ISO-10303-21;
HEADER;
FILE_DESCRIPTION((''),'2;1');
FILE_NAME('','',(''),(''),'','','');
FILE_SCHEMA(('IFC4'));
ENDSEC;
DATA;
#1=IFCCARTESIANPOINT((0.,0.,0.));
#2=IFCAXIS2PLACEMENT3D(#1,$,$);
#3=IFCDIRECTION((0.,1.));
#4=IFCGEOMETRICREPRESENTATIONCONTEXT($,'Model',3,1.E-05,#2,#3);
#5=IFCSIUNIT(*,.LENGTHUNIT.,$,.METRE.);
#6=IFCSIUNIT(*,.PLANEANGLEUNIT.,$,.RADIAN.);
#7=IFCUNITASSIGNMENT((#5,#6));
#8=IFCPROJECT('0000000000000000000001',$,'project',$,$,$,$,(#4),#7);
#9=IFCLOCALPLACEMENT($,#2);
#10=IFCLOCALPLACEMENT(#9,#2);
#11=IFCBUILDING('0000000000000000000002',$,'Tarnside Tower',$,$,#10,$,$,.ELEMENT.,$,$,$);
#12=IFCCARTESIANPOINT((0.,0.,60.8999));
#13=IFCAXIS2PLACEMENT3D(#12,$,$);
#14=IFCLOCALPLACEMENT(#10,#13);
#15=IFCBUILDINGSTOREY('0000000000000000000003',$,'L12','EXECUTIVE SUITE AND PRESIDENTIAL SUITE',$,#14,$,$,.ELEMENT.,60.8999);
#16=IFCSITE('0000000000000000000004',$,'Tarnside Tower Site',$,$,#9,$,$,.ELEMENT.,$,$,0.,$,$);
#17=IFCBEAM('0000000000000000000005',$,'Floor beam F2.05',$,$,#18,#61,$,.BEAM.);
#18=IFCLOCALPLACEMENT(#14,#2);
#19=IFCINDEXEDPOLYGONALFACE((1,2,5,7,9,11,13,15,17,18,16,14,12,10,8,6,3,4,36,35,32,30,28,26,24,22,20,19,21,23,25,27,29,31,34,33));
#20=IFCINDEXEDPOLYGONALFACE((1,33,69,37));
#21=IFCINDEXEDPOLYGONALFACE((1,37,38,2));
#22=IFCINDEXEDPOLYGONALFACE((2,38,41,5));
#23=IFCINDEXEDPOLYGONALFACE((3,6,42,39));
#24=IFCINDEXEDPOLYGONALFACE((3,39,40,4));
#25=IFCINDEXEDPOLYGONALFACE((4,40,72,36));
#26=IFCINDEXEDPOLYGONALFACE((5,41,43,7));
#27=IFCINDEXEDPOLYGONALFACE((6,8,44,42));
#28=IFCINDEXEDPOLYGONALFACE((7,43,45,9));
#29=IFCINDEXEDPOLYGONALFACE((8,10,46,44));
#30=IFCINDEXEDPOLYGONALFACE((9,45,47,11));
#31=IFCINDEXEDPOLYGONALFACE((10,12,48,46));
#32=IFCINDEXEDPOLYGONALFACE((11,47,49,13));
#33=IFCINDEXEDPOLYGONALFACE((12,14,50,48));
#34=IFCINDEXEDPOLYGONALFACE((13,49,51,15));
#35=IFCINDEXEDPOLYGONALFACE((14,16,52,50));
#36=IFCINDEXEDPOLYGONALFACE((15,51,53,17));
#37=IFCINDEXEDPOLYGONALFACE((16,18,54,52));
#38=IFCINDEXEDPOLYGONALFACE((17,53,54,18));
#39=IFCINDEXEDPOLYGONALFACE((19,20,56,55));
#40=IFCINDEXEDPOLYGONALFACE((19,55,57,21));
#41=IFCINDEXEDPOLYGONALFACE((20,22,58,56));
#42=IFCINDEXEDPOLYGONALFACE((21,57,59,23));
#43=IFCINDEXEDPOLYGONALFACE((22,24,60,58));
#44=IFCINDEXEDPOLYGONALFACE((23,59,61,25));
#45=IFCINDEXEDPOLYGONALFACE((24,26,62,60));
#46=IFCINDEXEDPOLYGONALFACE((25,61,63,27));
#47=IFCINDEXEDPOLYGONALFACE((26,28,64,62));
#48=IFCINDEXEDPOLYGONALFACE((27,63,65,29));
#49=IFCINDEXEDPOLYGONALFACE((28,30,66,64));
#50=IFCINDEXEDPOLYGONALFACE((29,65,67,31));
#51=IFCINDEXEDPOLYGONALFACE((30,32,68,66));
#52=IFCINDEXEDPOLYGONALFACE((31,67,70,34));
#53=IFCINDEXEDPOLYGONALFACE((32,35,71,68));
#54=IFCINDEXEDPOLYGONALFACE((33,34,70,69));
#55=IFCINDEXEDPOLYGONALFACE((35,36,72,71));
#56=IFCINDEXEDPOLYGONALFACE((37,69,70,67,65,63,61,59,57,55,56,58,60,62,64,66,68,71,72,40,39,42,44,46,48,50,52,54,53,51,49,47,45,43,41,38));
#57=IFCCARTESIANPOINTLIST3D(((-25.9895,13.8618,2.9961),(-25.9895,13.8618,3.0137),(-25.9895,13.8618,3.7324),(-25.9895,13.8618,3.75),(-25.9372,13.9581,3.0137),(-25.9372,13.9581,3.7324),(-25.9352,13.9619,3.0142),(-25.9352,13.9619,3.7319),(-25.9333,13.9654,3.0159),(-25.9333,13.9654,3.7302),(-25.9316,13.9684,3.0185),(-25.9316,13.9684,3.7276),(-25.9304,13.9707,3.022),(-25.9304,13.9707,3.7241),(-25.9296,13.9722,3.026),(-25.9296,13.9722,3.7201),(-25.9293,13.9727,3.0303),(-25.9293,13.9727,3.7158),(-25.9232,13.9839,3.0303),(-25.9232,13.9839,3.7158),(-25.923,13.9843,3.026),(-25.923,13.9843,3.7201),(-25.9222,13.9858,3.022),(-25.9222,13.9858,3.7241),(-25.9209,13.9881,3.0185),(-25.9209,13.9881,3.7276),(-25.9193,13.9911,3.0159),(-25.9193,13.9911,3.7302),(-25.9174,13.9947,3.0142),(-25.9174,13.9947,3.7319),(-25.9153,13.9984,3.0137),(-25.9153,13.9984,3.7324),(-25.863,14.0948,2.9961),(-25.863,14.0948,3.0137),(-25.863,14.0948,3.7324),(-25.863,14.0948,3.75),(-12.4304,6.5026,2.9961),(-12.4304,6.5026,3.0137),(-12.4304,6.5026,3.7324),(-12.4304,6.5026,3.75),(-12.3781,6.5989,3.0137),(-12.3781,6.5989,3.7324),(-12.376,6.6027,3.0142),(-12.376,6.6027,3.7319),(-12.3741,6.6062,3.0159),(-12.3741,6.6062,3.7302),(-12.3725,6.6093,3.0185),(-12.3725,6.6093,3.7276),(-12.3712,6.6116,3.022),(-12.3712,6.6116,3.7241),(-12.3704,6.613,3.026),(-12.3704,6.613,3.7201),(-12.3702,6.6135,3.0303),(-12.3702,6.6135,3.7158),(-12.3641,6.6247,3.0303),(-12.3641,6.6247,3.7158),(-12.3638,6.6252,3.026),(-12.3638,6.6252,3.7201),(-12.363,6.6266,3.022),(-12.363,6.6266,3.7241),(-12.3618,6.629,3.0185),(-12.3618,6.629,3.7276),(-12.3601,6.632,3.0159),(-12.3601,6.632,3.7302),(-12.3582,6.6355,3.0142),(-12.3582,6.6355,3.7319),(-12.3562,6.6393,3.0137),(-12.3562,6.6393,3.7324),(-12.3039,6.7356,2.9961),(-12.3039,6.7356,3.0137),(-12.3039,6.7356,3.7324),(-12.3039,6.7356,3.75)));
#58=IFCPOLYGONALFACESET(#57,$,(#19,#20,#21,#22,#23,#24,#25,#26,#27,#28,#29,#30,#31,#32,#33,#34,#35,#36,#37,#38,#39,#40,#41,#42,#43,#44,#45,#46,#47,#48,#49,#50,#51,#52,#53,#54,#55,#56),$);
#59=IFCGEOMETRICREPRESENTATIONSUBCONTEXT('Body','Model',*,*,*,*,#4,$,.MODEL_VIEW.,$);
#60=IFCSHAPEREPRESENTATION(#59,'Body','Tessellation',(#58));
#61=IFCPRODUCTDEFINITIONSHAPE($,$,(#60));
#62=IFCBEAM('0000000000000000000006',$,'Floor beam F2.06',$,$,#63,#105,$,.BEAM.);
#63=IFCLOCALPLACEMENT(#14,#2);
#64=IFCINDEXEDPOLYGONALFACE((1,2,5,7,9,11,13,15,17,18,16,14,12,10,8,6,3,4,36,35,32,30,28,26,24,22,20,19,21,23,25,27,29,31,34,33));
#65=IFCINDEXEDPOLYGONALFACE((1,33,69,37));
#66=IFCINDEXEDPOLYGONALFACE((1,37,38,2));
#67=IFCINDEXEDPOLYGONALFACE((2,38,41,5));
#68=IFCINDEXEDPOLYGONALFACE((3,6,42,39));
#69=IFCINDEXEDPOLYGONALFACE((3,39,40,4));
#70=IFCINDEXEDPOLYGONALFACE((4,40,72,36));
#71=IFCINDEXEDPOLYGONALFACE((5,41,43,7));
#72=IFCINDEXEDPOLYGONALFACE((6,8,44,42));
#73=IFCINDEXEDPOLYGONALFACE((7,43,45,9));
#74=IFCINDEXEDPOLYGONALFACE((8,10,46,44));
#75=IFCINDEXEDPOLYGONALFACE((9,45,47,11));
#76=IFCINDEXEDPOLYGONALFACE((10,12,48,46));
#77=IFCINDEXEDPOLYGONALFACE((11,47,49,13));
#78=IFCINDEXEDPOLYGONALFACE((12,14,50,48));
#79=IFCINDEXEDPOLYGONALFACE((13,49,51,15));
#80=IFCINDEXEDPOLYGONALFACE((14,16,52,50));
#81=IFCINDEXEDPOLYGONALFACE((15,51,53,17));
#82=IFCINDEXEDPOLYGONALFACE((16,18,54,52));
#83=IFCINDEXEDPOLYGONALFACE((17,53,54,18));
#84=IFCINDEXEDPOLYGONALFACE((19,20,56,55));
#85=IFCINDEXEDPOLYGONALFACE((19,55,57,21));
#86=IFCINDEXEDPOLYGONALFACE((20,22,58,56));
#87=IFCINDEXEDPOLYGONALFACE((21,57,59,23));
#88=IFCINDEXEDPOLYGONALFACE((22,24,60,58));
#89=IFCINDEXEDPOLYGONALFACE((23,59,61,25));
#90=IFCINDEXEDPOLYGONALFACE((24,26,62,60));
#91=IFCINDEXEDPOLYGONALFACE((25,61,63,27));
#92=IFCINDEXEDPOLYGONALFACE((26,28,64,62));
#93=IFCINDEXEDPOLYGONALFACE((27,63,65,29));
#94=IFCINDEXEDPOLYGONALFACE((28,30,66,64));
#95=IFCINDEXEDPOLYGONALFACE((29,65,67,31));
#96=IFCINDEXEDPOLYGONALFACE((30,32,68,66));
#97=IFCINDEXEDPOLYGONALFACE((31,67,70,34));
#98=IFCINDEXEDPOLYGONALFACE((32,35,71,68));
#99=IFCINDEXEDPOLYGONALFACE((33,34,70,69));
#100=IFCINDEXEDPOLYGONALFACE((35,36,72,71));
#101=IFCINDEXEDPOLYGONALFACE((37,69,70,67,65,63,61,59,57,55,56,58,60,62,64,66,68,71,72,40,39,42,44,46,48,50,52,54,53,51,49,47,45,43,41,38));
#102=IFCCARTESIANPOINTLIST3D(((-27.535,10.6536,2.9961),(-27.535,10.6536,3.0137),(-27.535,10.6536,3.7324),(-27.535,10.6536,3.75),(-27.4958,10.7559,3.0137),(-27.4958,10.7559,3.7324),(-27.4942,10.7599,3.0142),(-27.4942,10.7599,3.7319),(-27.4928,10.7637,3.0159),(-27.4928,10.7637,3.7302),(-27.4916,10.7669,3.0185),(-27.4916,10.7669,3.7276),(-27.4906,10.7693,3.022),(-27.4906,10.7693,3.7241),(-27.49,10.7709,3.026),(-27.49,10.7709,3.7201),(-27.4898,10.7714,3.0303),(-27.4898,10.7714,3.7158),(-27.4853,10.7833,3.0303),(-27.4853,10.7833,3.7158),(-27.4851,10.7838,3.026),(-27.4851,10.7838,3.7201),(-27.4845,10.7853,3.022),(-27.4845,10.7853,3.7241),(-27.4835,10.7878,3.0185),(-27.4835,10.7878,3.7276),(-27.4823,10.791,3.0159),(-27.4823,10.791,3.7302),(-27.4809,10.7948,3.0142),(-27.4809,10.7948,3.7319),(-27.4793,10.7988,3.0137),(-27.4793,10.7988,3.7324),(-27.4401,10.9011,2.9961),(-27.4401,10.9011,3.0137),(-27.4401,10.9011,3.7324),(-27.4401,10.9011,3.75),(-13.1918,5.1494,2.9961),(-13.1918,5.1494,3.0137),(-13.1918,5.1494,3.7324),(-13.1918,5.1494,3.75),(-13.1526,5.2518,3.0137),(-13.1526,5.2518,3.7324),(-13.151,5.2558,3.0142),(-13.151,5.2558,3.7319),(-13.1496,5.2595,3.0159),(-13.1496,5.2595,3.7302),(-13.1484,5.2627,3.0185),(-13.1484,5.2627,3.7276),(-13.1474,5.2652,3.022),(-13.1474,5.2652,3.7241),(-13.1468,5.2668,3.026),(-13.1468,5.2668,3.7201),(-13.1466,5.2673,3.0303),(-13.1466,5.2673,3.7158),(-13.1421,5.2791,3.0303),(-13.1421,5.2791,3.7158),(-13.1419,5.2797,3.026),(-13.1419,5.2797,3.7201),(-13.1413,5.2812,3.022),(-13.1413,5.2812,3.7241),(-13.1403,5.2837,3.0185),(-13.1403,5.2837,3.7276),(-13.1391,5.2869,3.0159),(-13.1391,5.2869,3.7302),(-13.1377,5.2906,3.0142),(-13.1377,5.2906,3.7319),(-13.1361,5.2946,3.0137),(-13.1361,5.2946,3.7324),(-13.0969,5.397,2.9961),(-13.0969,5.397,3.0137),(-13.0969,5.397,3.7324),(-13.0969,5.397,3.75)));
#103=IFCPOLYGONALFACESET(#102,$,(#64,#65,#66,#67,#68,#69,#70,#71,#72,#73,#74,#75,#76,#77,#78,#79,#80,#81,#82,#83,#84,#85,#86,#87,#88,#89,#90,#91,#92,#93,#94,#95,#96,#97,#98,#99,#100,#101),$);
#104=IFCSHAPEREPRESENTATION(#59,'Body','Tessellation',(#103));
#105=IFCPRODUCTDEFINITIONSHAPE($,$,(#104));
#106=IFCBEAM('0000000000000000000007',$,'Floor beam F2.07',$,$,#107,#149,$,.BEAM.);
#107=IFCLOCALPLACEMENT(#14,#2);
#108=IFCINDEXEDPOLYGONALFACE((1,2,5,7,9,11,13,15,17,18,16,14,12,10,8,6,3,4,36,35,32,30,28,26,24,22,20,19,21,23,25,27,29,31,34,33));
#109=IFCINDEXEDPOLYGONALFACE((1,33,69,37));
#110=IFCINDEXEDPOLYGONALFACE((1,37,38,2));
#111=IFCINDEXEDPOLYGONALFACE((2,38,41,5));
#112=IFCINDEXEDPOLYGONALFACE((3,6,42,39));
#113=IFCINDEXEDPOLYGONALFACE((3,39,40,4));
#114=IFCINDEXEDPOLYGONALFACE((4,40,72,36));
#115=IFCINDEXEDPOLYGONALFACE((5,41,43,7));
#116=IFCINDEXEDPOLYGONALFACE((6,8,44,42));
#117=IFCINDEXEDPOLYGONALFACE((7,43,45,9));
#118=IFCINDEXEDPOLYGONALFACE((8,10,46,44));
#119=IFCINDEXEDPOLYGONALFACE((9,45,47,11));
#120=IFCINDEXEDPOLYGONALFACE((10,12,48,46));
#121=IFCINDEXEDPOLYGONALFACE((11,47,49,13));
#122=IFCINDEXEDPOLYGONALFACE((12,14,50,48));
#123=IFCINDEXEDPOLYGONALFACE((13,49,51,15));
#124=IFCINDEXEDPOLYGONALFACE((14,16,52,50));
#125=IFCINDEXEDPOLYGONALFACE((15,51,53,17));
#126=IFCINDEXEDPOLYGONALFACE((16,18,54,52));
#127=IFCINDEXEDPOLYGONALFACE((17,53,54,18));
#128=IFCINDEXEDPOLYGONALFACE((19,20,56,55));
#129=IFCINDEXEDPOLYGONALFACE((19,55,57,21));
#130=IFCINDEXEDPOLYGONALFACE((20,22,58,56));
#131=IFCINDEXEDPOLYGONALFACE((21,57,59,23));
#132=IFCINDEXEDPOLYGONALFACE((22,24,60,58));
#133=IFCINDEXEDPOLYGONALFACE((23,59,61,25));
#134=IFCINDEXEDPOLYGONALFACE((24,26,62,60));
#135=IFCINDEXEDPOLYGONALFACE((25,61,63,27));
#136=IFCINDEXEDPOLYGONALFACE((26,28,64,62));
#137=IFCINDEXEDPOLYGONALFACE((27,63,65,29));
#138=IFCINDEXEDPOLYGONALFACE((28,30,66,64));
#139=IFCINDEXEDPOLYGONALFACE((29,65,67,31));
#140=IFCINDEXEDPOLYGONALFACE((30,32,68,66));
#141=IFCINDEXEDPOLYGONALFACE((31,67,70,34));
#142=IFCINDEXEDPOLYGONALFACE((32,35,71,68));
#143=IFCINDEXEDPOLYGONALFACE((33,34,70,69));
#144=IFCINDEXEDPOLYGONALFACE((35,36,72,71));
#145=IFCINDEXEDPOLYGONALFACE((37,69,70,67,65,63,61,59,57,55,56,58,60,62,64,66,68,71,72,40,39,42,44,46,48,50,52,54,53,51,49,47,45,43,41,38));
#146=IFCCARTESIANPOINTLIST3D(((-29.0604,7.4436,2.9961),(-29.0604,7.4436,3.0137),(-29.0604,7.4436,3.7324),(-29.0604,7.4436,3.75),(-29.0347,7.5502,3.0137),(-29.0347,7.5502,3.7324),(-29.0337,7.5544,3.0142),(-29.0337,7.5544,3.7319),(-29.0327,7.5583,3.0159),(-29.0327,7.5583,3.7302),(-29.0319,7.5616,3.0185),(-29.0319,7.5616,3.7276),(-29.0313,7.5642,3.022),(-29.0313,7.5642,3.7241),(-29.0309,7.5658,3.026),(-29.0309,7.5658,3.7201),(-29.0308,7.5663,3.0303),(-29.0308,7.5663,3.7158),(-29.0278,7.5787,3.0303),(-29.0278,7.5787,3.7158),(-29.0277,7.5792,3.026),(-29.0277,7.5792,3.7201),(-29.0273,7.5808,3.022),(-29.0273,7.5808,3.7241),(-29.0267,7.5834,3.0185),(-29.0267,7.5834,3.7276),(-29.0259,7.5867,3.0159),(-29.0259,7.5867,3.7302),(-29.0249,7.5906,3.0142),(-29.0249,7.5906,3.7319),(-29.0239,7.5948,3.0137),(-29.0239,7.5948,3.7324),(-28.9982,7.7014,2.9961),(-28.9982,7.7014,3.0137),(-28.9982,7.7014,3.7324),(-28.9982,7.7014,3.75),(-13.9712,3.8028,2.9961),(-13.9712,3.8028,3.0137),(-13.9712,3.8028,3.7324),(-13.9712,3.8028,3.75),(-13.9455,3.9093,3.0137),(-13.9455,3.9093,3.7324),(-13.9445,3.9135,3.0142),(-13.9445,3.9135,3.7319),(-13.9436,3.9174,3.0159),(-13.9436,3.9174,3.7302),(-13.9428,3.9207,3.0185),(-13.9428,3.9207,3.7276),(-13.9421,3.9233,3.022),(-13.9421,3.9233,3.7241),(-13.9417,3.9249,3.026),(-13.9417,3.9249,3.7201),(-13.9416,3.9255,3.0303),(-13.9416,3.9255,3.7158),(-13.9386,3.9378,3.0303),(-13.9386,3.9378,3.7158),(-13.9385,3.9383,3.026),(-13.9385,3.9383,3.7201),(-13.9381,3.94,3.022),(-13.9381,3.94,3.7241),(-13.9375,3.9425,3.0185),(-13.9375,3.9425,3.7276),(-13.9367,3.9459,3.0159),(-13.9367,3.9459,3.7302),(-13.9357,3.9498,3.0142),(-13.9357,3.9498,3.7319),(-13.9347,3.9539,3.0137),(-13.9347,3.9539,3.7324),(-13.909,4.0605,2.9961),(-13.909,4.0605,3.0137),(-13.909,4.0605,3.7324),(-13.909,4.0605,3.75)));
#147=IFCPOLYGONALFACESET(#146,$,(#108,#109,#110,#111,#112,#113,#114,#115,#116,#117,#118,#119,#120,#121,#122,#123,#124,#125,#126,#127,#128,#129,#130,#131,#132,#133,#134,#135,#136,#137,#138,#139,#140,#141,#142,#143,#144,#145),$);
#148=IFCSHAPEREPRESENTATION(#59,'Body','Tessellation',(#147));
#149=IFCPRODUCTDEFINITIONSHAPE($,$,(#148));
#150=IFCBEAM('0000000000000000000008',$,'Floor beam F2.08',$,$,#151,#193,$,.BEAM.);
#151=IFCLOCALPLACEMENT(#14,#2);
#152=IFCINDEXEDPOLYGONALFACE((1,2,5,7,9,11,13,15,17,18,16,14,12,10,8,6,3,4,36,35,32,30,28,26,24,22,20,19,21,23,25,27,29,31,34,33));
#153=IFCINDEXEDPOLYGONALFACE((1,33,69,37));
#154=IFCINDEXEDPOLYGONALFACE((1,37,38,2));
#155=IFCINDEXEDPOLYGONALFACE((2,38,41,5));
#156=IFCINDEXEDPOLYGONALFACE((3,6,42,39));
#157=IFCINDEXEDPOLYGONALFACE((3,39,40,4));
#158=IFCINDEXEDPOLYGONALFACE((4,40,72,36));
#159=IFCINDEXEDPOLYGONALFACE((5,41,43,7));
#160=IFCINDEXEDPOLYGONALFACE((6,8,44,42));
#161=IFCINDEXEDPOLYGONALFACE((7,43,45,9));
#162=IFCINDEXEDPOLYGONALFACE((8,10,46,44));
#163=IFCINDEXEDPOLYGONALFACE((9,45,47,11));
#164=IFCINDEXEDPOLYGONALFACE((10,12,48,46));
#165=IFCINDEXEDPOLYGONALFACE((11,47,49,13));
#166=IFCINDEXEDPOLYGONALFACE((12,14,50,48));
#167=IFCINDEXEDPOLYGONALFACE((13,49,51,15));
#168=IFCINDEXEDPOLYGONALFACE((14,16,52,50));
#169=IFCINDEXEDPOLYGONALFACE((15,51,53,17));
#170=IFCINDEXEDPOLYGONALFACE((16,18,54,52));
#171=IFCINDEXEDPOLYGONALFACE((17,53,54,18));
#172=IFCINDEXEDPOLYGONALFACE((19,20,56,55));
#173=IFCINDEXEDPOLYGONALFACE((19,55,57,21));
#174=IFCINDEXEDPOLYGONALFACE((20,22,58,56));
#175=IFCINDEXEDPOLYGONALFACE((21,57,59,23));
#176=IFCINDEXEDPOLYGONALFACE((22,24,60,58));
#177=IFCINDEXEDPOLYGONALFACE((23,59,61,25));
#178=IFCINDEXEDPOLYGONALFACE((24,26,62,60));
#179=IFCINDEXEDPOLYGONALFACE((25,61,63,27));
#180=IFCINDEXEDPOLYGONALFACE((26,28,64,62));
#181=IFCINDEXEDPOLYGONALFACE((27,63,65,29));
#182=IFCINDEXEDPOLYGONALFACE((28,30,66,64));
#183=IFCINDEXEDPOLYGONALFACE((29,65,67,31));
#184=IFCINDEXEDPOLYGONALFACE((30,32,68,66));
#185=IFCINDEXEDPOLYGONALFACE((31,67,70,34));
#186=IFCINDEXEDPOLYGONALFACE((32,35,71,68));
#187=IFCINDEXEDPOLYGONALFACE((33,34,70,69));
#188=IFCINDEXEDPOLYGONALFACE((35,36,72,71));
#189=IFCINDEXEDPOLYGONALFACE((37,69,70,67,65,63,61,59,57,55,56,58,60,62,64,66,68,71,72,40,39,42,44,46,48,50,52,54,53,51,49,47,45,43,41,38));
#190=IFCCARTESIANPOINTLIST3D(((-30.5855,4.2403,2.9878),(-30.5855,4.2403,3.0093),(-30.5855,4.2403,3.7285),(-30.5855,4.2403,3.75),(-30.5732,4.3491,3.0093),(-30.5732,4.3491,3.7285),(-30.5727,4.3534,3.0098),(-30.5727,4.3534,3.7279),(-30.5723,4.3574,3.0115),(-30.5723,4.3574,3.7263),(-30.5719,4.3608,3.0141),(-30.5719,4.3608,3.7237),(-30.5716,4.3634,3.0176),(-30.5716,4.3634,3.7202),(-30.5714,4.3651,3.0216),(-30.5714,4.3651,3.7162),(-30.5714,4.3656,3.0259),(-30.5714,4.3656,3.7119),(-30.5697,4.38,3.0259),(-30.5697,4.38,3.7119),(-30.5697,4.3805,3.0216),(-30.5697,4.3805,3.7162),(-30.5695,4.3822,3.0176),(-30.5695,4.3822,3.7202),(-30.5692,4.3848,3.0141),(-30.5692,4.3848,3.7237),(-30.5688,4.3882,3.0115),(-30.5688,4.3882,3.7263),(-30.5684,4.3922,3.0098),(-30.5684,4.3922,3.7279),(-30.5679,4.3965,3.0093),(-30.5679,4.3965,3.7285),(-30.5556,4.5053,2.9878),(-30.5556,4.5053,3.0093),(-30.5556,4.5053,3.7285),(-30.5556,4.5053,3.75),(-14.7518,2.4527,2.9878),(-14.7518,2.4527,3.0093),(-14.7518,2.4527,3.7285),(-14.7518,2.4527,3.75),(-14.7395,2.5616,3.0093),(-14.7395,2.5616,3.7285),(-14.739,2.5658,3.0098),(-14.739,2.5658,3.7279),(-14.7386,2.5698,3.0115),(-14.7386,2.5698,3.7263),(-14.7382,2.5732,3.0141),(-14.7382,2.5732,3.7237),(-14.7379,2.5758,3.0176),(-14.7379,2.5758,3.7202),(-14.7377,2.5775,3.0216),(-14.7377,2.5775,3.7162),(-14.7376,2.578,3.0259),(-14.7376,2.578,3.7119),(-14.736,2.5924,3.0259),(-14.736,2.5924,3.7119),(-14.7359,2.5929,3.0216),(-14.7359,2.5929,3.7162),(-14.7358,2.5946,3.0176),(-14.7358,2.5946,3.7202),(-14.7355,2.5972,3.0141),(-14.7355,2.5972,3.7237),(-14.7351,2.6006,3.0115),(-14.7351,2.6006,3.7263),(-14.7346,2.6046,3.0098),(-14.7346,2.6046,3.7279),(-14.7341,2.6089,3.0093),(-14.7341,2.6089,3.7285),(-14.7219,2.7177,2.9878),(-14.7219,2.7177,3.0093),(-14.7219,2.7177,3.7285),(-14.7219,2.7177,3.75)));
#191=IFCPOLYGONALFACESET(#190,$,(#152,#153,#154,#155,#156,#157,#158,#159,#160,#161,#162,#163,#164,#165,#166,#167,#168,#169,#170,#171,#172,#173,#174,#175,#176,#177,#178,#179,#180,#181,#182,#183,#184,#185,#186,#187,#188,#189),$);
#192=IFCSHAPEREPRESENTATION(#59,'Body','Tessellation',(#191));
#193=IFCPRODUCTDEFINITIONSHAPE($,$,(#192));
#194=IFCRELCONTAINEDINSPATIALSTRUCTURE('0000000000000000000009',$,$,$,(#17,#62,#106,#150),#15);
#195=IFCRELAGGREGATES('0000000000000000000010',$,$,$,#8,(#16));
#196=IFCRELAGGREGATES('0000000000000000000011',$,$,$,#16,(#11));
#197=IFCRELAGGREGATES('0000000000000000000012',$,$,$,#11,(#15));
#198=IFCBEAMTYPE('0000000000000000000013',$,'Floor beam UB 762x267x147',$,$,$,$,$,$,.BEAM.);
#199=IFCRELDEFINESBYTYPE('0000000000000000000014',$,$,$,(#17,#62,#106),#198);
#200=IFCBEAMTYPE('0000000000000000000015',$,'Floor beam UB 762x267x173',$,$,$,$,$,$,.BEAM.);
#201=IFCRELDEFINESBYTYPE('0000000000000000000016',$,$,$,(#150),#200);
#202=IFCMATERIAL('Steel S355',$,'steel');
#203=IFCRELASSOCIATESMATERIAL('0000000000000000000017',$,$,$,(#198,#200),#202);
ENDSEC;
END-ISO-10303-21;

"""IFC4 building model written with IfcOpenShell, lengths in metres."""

from ifc_helpers import new_model, si_unit, direction, frame, origin, origin_2d, place, context, subcontext, project, spatial, i_section, extrude, material, material_profile, profile_set, type_object, element, save


model = new_model("IFC4")

# Units and contexts
model_context = context("Model", 3, precision=1e-05, world=origin(), true_north=direction((0.0, 1.0)))
body_context = subcontext(model_context, "Body", "Model", "MODEL_VIEW")
ifc_project = project(units=[si_unit("LENGTHUNIT", "METRE"), si_unit("PLANEANGLEUNIT", "RADIAN")], contexts=[model_context])

# Site, building, storey
site_placement = place(None, origin())
site = spatial("IfcSite", under=ifc_project, at=site_placement, Name="Tarnside Tower Site", CompositionType="ELEMENT", RefElevation=0.0)
building_placement = place(site_placement, origin())
building = spatial("IfcBuilding", under=site, at=building_placement, Name="Tarnside Tower", CompositionType="ELEMENT")
storey_placement = place(building_placement, frame((0.0, 0.0, 60.8999)))
storey = spatial("IfcBuildingStorey", under=building, at=storey_placement, Name="L12", Description="EXECUTIVE SUITE AND PRESIDENTIAL SUITE", CompositionType="ELEMENT", Elevation=60.8999)

# Beams
ifc_material_1 = material(Name="Steel S355", Category="steel")
ifc_material_profile_1 = material_profile(ifc_material_1, i_section(OverallWidth=0.2651, OverallDepth=0.7539, WebThickness=0.0127, FlangeThickness=0.0176, FilletRadius=0.0166, at=origin_2d()), Name="UB 762x267x147")
ifc_profile_set_1 = profile_set([ifc_material_profile_1], Name="Steel S355")
beam_type_1 = type_object("IfcBeamType", Name="Floor beam UB 762x267x147", PredefinedType="BEAM", material=ifc_profile_set_1)
beam_1_placement = place(storey_placement, frame((-25.9263, 13.9783, 3.373), z_axis=(0.878895, -0.477016, 0.0), x_axis=(0.477016, 0.878895, 0.0)))
element("IfcBeam", 1, at=beam_1_placement, inside=storey, type_object=beam_type_1, Name="Floor beam F2.05", PredefinedType="BEAM", context=body_context, shape_type="SweptSolid", body=[
    extrude(i_section(OverallWidth=0.2651, OverallDepth=0.7539, WebThickness=0.0127, FlangeThickness=0.0176, FilletRadius=0.0166, at=origin_2d()), origin(), (0.0, 0.0, 1.0), 15.4275),
])
beam_2_placement = place(storey_placement, frame((-27.4875, 10.7773, 3.373), z_axis=(0.933618, -0.358271, 0.0), x_axis=(0.358271, 0.933618, 0.0)))
element("IfcBeam", 2, at=beam_2_placement, inside=storey, type_object=beam_type_1, Name="Floor beam F2.06", PredefinedType="BEAM", context=body_context, shape_type="SweptSolid", body=[
    extrude(i_section(OverallWidth=0.2651, OverallDepth=0.7539, WebThickness=0.0127, FlangeThickness=0.0176, FilletRadius=0.0166, at=origin_2d()), origin(), (0.0, 0.0, 1.0), 15.363),
])
beam_3_placement = place(storey_placement, frame((-29.0293, 7.5725, 3.373), z_axis=(0.972102, -0.23456, 0.0), x_axis=(0.23456, 0.972102, 0.0)))
element("IfcBeam", 3, at=beam_3_placement, inside=storey, type_object=beam_type_1, Name="Floor beam F2.07", PredefinedType="BEAM", context=body_context, shape_type="SweptSolid", body=[
    extrude(i_section(OverallWidth=0.2651, OverallDepth=0.7539, WebThickness=0.0127, FlangeThickness=0.0176, FilletRadius=0.0166, at=origin_2d()), origin(), (0.0, 0.0, 1.0), 15.5222),
])
ifc_material_profile_2 = material_profile(ifc_material_1, i_section(OverallWidth=0.2666, OverallDepth=0.7622, WebThickness=0.0144, FlangeThickness=0.0215, FilletRadius=0.0166, at=origin_2d()), Name="UB 762x267x173")
ifc_profile_set_2 = profile_set([ifc_material_profile_2], Name="Steel S355")
beam_type_2 = type_object("IfcBeamType", Name="Floor beam UB 762x267x173", PredefinedType="BEAM", material=ifc_profile_set_2)
beam_4_placement = place(storey_placement, frame((-30.5706, 4.3728, 3.3689), z_axis=(0.993687, -0.112185, 0.0), x_axis=(0.112185, 0.993687, 0.0)))
element("IfcBeam", 4, at=beam_4_placement, inside=storey, type_object=beam_type_2, Name="Floor beam F2.08", PredefinedType="BEAM", context=body_context, shape_type="SweptSolid", body=[
    extrude(i_section(OverallWidth=0.2666, OverallDepth=0.7622, WebThickness=0.0144, FlangeThickness=0.0215, FilletRadius=0.0166, at=origin_2d()), origin(), (0.0, 0.0, 1.0), 15.9343),
])

save(model, "model.ifc")
